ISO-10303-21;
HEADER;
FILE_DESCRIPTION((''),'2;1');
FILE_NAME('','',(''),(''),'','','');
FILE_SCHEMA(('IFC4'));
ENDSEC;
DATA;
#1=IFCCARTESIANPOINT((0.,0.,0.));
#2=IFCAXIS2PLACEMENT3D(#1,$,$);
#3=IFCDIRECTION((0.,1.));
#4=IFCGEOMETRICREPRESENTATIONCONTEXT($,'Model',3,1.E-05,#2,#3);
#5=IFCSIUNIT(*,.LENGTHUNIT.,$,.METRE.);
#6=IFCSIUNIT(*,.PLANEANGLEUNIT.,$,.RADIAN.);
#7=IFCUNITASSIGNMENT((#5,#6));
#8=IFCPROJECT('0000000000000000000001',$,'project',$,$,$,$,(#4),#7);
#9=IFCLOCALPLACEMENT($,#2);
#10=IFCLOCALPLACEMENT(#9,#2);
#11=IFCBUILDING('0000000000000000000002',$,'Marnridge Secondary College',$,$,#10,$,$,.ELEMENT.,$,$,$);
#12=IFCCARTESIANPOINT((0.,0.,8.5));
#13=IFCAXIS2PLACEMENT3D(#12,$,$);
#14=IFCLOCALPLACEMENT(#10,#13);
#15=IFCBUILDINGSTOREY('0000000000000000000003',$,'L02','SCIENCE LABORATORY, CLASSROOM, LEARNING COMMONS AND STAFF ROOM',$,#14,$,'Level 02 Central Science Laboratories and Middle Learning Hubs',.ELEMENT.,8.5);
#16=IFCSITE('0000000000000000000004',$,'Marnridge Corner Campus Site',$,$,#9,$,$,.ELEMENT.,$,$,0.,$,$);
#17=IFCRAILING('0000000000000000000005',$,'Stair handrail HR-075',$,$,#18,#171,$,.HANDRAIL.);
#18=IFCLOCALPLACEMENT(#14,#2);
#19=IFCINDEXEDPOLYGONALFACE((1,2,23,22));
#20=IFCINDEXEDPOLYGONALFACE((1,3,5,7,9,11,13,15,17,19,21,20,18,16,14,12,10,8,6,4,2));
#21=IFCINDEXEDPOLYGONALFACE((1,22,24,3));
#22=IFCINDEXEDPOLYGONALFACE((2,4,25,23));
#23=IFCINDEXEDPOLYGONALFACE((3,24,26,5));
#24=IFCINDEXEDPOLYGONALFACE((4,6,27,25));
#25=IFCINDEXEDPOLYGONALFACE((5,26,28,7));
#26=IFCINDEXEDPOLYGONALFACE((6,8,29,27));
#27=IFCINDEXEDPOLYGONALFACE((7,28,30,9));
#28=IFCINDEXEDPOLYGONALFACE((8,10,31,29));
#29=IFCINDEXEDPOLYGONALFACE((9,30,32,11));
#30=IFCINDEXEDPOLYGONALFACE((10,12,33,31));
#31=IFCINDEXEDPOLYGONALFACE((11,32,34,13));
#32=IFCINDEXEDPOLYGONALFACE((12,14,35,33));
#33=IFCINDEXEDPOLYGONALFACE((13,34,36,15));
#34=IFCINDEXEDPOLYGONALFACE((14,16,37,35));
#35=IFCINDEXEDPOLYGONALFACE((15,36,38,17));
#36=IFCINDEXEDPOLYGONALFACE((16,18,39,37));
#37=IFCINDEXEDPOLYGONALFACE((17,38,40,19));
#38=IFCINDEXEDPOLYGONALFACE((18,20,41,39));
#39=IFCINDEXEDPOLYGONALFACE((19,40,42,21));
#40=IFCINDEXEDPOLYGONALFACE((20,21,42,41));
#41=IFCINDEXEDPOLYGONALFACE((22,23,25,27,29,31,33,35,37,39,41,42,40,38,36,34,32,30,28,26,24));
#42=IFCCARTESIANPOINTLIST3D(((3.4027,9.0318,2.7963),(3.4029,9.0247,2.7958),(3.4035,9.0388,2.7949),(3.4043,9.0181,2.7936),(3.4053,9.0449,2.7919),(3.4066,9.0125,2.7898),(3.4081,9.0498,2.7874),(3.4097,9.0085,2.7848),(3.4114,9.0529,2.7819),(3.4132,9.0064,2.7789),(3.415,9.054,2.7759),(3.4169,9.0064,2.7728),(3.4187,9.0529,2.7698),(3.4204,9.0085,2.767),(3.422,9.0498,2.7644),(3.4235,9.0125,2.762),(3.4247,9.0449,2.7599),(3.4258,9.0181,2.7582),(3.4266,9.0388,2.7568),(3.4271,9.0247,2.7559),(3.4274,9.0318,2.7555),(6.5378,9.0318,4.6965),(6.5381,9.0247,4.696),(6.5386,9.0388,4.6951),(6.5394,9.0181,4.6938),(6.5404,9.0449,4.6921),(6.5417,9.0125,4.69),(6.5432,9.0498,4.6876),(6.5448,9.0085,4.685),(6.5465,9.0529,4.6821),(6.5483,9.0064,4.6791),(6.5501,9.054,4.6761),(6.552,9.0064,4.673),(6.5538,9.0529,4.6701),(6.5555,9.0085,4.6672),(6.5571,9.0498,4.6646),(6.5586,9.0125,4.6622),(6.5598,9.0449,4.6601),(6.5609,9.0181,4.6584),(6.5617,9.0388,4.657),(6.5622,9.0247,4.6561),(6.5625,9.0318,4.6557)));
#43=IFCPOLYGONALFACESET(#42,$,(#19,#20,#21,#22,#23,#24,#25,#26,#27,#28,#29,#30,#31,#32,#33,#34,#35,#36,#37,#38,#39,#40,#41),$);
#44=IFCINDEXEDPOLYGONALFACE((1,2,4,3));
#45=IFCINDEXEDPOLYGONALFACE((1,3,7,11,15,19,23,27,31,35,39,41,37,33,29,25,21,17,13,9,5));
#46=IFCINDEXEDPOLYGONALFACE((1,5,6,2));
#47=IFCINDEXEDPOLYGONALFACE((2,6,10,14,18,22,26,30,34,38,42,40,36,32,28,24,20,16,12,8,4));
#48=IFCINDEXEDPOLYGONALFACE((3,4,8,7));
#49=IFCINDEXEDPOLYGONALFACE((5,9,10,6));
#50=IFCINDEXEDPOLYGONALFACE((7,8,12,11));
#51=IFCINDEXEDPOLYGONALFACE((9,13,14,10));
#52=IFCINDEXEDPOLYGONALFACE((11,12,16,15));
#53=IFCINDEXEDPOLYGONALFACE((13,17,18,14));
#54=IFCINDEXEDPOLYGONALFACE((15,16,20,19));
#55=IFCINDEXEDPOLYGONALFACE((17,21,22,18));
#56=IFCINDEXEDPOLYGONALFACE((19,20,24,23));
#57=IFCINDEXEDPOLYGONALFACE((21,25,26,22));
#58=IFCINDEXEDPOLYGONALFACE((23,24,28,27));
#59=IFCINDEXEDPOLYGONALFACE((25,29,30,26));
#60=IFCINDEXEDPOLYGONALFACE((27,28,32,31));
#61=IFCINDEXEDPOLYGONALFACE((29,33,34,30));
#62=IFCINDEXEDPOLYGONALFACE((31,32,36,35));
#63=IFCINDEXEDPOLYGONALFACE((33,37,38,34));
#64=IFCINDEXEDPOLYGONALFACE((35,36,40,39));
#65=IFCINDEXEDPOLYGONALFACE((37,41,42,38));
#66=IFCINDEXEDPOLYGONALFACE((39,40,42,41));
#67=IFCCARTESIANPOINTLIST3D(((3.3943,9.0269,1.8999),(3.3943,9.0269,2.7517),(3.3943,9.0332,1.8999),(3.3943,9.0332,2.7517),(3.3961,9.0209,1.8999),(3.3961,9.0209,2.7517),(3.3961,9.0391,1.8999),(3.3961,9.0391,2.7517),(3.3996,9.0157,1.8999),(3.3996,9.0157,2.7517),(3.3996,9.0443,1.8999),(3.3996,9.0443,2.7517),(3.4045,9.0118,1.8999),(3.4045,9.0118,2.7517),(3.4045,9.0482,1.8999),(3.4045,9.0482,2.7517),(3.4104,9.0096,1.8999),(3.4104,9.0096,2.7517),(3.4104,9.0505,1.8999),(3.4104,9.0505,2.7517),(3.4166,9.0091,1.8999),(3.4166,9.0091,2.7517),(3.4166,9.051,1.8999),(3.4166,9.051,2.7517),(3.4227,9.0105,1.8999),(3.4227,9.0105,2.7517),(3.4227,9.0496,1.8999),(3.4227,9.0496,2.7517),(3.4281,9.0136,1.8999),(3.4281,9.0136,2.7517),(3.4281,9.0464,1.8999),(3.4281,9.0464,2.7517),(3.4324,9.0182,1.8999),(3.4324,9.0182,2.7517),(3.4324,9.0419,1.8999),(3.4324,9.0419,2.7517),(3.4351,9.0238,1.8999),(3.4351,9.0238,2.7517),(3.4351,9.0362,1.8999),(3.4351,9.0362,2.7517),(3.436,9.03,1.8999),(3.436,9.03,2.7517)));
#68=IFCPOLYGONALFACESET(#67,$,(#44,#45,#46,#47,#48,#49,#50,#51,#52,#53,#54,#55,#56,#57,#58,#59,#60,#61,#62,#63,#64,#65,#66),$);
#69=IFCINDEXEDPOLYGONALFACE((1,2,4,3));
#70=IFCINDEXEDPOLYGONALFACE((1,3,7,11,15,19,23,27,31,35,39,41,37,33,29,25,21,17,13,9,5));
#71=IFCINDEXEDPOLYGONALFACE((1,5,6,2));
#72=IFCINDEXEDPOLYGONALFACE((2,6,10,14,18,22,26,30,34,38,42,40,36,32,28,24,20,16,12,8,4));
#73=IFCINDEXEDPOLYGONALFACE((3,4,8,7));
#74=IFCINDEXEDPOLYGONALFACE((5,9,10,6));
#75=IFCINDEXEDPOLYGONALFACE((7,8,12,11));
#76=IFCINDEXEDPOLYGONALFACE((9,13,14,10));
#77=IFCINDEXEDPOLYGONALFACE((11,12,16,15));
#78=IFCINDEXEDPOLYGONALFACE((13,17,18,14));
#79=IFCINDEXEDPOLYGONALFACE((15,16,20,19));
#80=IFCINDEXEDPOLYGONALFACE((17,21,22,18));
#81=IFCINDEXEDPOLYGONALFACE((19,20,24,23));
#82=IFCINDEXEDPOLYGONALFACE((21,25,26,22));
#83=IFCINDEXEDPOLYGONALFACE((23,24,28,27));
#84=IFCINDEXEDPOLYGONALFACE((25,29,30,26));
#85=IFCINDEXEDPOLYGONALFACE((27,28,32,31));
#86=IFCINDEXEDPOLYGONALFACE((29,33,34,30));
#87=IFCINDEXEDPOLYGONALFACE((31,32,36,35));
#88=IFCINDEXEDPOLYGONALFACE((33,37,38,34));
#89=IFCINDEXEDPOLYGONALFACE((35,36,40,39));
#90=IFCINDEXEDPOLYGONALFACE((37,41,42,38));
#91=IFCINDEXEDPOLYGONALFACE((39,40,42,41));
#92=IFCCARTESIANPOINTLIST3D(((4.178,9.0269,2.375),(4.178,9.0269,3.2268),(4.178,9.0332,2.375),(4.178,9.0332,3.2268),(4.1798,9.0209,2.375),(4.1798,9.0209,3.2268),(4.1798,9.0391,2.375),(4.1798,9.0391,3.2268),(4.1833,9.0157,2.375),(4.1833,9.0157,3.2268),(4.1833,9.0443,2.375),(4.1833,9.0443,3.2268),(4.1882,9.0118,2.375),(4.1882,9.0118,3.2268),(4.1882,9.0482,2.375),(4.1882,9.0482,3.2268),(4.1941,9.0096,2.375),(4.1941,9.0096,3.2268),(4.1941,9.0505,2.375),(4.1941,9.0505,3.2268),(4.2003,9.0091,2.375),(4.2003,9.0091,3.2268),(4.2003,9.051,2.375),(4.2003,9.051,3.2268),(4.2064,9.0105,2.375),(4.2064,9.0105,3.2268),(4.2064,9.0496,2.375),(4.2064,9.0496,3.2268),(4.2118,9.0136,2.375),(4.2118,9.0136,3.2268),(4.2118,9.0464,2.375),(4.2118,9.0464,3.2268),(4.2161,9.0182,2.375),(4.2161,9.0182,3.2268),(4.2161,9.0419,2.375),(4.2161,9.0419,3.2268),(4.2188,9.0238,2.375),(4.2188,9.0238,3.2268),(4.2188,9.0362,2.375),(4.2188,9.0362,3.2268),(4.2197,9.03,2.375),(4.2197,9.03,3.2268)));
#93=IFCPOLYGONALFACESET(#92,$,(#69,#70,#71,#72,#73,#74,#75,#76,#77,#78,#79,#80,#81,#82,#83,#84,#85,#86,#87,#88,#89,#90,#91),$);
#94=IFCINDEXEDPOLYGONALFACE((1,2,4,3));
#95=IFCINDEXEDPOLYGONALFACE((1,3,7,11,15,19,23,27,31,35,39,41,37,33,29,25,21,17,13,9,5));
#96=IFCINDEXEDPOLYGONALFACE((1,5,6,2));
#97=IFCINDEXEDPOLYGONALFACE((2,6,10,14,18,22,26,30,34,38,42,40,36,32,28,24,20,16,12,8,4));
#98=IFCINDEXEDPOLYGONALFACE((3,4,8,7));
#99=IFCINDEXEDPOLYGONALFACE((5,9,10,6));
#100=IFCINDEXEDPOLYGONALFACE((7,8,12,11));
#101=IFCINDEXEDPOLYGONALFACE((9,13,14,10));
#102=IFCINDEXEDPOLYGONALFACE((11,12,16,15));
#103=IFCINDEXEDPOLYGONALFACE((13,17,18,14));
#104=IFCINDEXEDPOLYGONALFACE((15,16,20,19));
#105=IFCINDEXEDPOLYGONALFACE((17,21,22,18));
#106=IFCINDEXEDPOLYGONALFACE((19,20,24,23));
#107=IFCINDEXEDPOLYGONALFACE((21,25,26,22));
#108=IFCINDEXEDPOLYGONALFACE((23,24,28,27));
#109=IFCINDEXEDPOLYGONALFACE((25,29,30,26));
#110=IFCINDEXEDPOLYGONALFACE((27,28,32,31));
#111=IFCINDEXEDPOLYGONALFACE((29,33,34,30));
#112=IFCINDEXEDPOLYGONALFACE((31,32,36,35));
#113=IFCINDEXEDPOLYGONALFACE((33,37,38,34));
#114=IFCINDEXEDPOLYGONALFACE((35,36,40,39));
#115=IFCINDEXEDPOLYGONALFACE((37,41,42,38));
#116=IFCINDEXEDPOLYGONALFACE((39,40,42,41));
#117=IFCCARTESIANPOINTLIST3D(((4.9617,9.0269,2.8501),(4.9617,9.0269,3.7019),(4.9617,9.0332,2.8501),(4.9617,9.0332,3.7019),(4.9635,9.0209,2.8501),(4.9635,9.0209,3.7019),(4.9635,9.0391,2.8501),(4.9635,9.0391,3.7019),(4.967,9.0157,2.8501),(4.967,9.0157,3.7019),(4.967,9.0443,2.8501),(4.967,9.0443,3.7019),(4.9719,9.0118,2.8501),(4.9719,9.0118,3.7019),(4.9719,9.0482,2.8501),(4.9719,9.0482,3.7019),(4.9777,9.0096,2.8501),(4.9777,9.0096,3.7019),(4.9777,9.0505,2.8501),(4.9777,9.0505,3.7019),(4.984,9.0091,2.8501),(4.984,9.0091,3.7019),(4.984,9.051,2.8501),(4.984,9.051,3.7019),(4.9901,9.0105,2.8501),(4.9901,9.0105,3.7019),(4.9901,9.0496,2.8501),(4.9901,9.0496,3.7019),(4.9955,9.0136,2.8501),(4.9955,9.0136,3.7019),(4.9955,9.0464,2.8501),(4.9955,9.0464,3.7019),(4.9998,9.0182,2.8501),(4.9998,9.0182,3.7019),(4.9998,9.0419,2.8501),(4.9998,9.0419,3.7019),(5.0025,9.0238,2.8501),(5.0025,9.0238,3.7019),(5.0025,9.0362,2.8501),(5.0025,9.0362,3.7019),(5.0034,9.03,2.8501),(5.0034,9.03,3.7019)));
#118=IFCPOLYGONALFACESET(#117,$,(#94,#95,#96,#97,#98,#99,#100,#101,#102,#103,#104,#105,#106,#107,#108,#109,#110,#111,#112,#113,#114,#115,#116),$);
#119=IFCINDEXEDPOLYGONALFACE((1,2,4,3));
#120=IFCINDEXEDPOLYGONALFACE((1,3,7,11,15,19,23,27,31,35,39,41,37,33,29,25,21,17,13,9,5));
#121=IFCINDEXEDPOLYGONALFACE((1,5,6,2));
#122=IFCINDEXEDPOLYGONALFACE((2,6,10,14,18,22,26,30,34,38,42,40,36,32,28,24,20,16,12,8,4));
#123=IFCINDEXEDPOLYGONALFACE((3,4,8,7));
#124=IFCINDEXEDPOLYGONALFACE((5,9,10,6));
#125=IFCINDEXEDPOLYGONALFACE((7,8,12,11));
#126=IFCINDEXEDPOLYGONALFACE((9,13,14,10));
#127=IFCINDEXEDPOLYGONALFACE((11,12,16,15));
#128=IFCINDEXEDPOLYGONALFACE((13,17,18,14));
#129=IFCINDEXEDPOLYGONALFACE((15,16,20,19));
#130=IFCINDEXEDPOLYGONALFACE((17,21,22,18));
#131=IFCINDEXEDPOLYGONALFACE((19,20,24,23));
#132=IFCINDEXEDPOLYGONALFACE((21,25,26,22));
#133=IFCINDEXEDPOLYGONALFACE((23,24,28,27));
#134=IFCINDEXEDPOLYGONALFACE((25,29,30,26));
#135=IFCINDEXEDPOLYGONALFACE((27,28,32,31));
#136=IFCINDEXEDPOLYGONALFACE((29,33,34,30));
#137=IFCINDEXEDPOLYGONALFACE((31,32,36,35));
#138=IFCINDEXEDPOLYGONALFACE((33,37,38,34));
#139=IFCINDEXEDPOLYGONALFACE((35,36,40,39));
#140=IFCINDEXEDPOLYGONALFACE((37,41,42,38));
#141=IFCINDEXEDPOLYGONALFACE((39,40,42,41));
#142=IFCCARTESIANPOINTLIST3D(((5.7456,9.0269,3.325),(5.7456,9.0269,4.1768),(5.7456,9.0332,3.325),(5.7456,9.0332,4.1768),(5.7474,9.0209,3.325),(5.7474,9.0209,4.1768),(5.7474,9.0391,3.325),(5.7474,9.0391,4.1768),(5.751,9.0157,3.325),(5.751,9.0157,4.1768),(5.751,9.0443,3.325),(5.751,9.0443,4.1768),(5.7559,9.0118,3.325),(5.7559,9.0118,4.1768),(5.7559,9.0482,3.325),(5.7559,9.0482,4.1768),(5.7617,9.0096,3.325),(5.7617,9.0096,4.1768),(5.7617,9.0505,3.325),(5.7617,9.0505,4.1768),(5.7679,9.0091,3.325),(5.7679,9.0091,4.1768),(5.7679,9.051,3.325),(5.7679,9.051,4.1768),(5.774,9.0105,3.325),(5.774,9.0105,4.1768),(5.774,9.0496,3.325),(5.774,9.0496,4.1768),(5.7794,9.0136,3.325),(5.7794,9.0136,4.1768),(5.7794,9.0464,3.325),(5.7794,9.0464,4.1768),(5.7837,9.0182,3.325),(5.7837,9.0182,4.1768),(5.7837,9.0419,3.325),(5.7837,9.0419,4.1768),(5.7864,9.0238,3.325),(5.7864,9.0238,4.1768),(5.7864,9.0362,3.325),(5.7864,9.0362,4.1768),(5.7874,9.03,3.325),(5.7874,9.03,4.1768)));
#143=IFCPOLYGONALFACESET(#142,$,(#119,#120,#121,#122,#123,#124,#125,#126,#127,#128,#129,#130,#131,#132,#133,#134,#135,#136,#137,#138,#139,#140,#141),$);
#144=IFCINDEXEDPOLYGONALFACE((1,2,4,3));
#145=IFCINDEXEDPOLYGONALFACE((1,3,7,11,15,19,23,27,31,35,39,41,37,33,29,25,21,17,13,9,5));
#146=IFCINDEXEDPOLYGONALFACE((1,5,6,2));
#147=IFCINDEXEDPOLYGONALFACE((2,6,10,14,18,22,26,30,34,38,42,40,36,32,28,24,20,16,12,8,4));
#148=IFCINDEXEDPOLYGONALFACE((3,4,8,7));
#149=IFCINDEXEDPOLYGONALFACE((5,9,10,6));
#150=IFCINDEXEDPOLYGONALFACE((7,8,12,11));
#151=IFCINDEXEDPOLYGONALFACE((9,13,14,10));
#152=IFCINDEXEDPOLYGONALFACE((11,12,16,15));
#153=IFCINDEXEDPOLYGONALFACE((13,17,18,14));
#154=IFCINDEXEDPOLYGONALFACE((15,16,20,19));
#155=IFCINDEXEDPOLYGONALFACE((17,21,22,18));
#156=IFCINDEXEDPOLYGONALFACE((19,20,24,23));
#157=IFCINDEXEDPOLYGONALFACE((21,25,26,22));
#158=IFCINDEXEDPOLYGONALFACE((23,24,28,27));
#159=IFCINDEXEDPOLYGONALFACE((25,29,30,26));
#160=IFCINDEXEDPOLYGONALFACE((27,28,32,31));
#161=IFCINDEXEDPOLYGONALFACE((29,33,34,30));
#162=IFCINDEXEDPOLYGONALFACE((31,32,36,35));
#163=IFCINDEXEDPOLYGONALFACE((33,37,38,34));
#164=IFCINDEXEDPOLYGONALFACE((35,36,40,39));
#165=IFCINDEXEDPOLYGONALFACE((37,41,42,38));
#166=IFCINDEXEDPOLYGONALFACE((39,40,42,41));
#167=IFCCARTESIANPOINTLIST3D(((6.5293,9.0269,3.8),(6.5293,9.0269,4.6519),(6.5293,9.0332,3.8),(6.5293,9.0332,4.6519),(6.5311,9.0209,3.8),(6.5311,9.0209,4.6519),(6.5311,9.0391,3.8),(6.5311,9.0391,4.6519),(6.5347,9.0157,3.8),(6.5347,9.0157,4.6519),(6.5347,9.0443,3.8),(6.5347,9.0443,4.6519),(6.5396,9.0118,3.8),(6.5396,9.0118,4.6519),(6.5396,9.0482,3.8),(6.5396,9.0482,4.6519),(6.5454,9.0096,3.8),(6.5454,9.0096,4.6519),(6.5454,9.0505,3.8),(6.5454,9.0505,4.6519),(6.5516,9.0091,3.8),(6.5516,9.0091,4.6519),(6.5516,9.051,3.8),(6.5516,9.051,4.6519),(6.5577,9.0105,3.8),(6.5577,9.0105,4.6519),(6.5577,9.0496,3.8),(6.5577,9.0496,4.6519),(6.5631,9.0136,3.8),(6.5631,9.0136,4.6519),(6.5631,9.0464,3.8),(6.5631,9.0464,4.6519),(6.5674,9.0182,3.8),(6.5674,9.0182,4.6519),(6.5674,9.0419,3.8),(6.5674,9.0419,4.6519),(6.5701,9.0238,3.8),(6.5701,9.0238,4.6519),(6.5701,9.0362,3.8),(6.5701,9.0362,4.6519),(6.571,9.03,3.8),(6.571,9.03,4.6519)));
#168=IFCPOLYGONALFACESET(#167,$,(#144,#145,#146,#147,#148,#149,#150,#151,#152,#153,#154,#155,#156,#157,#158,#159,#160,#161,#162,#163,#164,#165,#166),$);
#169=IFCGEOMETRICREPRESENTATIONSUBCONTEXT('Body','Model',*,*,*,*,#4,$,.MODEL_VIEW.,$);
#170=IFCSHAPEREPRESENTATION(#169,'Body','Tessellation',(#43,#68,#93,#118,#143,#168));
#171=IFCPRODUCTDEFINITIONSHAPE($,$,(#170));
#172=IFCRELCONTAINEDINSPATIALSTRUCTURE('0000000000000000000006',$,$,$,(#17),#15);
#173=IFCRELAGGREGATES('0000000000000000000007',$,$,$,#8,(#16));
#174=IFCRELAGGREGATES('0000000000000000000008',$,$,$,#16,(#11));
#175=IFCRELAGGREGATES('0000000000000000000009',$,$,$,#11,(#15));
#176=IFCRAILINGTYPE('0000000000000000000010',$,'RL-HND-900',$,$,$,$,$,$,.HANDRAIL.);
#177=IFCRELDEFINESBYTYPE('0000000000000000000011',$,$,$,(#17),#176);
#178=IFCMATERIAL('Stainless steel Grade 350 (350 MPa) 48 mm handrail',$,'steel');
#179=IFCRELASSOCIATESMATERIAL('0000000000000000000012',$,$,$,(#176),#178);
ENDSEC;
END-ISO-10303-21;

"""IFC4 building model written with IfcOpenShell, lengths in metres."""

from ifc_helpers import new_model, si_unit, direction, frame, origin, origin_2d, place, context, subcontext, project, spatial, circle, extrude, material, type_object, element, save


model = new_model("IFC4")

# Units and contexts
model_context = context("Model", 3, precision=1e-05, world=origin(), true_north=direction((0.0, 1.0)))
body_context = subcontext(model_context, "Body", "Model", "MODEL_VIEW")
ifc_project = project(units=[si_unit("LENGTHUNIT", "METRE"), si_unit("PLANEANGLEUNIT", "RADIAN")], contexts=[model_context])

# Site, building, storey
site_placement = place(None, origin())
site = spatial("IfcSite", under=ifc_project, at=site_placement, Name="Marnridge Corner Campus Site", CompositionType="ELEMENT", RefElevation=0.0)
building_placement = place(site_placement, origin())
building = spatial("IfcBuilding", under=site, at=building_placement, Name="Marnridge Secondary College", CompositionType="ELEMENT")
storey_placement = place(building_placement, frame((0.0, 0.0, 8.5)))
storey = spatial("IfcBuildingStorey", under=building, at=storey_placement, Name="L02", Description="SCIENCE LABORATORY, CLASSROOM, LEARNING COMMONS AND STAFF ROOM", LongName="Level 02 Central Science Laboratories and Middle Learning Hubs", CompositionType="ELEMENT", Elevation=8.5)

# Railing
ifc_material_1 = material(Name="Stainless steel Grade 350 (350 MPa) 48 mm handrail", Category="steel")
railing_type = type_object("IfcRailingType", Name="RL-HND-900", PredefinedType="HANDRAIL", material=ifc_material_1)
railing_placement = place(storey_placement, frame((3.415, 9.03, 1.8999)))
element("IfcRailing", 1, at=railing_placement, inside=storey, type_object=railing_type, Name="Stair handrail HR-075", PredefinedType="HANDRAIL", context=body_context, shape_type="SweptSolid", body=[
    extrude(circle(Radius=0.0239, at=origin_2d()), frame((0.0, 0.0, 0.876), z_axis=(0.855181, 0.0, 0.51833), x_axis=(0.0, 1.0, 0.0)), (0.0, 0.0, 1.0), 3.666),
    extrude(circle(Radius=0.021, at=origin_2d()), origin(), (0.0, 0.0, 1.0), 0.8518),
    extrude(circle(Radius=0.021, at=origin_2d()), frame((0.7837, 0.0, 0.4751)), (0.0, 0.0, 1.0), 0.8518),
    extrude(circle(Radius=0.021, at=origin_2d()), frame((1.5674, 0.0, 0.9502)), (0.0, 0.0, 1.0), 0.8518),
    extrude(circle(Radius=0.021, at=origin_2d()), frame((2.3513, 0.0, 1.425)), (0.0, 0.0, 1.0), 0.8518),
    extrude(circle(Radius=0.021, at=origin_2d()), frame((3.135, 0.0, 1.9001)), (0.0, 0.0, 1.0), 0.8518),
])

save(model, "model.ifc")
